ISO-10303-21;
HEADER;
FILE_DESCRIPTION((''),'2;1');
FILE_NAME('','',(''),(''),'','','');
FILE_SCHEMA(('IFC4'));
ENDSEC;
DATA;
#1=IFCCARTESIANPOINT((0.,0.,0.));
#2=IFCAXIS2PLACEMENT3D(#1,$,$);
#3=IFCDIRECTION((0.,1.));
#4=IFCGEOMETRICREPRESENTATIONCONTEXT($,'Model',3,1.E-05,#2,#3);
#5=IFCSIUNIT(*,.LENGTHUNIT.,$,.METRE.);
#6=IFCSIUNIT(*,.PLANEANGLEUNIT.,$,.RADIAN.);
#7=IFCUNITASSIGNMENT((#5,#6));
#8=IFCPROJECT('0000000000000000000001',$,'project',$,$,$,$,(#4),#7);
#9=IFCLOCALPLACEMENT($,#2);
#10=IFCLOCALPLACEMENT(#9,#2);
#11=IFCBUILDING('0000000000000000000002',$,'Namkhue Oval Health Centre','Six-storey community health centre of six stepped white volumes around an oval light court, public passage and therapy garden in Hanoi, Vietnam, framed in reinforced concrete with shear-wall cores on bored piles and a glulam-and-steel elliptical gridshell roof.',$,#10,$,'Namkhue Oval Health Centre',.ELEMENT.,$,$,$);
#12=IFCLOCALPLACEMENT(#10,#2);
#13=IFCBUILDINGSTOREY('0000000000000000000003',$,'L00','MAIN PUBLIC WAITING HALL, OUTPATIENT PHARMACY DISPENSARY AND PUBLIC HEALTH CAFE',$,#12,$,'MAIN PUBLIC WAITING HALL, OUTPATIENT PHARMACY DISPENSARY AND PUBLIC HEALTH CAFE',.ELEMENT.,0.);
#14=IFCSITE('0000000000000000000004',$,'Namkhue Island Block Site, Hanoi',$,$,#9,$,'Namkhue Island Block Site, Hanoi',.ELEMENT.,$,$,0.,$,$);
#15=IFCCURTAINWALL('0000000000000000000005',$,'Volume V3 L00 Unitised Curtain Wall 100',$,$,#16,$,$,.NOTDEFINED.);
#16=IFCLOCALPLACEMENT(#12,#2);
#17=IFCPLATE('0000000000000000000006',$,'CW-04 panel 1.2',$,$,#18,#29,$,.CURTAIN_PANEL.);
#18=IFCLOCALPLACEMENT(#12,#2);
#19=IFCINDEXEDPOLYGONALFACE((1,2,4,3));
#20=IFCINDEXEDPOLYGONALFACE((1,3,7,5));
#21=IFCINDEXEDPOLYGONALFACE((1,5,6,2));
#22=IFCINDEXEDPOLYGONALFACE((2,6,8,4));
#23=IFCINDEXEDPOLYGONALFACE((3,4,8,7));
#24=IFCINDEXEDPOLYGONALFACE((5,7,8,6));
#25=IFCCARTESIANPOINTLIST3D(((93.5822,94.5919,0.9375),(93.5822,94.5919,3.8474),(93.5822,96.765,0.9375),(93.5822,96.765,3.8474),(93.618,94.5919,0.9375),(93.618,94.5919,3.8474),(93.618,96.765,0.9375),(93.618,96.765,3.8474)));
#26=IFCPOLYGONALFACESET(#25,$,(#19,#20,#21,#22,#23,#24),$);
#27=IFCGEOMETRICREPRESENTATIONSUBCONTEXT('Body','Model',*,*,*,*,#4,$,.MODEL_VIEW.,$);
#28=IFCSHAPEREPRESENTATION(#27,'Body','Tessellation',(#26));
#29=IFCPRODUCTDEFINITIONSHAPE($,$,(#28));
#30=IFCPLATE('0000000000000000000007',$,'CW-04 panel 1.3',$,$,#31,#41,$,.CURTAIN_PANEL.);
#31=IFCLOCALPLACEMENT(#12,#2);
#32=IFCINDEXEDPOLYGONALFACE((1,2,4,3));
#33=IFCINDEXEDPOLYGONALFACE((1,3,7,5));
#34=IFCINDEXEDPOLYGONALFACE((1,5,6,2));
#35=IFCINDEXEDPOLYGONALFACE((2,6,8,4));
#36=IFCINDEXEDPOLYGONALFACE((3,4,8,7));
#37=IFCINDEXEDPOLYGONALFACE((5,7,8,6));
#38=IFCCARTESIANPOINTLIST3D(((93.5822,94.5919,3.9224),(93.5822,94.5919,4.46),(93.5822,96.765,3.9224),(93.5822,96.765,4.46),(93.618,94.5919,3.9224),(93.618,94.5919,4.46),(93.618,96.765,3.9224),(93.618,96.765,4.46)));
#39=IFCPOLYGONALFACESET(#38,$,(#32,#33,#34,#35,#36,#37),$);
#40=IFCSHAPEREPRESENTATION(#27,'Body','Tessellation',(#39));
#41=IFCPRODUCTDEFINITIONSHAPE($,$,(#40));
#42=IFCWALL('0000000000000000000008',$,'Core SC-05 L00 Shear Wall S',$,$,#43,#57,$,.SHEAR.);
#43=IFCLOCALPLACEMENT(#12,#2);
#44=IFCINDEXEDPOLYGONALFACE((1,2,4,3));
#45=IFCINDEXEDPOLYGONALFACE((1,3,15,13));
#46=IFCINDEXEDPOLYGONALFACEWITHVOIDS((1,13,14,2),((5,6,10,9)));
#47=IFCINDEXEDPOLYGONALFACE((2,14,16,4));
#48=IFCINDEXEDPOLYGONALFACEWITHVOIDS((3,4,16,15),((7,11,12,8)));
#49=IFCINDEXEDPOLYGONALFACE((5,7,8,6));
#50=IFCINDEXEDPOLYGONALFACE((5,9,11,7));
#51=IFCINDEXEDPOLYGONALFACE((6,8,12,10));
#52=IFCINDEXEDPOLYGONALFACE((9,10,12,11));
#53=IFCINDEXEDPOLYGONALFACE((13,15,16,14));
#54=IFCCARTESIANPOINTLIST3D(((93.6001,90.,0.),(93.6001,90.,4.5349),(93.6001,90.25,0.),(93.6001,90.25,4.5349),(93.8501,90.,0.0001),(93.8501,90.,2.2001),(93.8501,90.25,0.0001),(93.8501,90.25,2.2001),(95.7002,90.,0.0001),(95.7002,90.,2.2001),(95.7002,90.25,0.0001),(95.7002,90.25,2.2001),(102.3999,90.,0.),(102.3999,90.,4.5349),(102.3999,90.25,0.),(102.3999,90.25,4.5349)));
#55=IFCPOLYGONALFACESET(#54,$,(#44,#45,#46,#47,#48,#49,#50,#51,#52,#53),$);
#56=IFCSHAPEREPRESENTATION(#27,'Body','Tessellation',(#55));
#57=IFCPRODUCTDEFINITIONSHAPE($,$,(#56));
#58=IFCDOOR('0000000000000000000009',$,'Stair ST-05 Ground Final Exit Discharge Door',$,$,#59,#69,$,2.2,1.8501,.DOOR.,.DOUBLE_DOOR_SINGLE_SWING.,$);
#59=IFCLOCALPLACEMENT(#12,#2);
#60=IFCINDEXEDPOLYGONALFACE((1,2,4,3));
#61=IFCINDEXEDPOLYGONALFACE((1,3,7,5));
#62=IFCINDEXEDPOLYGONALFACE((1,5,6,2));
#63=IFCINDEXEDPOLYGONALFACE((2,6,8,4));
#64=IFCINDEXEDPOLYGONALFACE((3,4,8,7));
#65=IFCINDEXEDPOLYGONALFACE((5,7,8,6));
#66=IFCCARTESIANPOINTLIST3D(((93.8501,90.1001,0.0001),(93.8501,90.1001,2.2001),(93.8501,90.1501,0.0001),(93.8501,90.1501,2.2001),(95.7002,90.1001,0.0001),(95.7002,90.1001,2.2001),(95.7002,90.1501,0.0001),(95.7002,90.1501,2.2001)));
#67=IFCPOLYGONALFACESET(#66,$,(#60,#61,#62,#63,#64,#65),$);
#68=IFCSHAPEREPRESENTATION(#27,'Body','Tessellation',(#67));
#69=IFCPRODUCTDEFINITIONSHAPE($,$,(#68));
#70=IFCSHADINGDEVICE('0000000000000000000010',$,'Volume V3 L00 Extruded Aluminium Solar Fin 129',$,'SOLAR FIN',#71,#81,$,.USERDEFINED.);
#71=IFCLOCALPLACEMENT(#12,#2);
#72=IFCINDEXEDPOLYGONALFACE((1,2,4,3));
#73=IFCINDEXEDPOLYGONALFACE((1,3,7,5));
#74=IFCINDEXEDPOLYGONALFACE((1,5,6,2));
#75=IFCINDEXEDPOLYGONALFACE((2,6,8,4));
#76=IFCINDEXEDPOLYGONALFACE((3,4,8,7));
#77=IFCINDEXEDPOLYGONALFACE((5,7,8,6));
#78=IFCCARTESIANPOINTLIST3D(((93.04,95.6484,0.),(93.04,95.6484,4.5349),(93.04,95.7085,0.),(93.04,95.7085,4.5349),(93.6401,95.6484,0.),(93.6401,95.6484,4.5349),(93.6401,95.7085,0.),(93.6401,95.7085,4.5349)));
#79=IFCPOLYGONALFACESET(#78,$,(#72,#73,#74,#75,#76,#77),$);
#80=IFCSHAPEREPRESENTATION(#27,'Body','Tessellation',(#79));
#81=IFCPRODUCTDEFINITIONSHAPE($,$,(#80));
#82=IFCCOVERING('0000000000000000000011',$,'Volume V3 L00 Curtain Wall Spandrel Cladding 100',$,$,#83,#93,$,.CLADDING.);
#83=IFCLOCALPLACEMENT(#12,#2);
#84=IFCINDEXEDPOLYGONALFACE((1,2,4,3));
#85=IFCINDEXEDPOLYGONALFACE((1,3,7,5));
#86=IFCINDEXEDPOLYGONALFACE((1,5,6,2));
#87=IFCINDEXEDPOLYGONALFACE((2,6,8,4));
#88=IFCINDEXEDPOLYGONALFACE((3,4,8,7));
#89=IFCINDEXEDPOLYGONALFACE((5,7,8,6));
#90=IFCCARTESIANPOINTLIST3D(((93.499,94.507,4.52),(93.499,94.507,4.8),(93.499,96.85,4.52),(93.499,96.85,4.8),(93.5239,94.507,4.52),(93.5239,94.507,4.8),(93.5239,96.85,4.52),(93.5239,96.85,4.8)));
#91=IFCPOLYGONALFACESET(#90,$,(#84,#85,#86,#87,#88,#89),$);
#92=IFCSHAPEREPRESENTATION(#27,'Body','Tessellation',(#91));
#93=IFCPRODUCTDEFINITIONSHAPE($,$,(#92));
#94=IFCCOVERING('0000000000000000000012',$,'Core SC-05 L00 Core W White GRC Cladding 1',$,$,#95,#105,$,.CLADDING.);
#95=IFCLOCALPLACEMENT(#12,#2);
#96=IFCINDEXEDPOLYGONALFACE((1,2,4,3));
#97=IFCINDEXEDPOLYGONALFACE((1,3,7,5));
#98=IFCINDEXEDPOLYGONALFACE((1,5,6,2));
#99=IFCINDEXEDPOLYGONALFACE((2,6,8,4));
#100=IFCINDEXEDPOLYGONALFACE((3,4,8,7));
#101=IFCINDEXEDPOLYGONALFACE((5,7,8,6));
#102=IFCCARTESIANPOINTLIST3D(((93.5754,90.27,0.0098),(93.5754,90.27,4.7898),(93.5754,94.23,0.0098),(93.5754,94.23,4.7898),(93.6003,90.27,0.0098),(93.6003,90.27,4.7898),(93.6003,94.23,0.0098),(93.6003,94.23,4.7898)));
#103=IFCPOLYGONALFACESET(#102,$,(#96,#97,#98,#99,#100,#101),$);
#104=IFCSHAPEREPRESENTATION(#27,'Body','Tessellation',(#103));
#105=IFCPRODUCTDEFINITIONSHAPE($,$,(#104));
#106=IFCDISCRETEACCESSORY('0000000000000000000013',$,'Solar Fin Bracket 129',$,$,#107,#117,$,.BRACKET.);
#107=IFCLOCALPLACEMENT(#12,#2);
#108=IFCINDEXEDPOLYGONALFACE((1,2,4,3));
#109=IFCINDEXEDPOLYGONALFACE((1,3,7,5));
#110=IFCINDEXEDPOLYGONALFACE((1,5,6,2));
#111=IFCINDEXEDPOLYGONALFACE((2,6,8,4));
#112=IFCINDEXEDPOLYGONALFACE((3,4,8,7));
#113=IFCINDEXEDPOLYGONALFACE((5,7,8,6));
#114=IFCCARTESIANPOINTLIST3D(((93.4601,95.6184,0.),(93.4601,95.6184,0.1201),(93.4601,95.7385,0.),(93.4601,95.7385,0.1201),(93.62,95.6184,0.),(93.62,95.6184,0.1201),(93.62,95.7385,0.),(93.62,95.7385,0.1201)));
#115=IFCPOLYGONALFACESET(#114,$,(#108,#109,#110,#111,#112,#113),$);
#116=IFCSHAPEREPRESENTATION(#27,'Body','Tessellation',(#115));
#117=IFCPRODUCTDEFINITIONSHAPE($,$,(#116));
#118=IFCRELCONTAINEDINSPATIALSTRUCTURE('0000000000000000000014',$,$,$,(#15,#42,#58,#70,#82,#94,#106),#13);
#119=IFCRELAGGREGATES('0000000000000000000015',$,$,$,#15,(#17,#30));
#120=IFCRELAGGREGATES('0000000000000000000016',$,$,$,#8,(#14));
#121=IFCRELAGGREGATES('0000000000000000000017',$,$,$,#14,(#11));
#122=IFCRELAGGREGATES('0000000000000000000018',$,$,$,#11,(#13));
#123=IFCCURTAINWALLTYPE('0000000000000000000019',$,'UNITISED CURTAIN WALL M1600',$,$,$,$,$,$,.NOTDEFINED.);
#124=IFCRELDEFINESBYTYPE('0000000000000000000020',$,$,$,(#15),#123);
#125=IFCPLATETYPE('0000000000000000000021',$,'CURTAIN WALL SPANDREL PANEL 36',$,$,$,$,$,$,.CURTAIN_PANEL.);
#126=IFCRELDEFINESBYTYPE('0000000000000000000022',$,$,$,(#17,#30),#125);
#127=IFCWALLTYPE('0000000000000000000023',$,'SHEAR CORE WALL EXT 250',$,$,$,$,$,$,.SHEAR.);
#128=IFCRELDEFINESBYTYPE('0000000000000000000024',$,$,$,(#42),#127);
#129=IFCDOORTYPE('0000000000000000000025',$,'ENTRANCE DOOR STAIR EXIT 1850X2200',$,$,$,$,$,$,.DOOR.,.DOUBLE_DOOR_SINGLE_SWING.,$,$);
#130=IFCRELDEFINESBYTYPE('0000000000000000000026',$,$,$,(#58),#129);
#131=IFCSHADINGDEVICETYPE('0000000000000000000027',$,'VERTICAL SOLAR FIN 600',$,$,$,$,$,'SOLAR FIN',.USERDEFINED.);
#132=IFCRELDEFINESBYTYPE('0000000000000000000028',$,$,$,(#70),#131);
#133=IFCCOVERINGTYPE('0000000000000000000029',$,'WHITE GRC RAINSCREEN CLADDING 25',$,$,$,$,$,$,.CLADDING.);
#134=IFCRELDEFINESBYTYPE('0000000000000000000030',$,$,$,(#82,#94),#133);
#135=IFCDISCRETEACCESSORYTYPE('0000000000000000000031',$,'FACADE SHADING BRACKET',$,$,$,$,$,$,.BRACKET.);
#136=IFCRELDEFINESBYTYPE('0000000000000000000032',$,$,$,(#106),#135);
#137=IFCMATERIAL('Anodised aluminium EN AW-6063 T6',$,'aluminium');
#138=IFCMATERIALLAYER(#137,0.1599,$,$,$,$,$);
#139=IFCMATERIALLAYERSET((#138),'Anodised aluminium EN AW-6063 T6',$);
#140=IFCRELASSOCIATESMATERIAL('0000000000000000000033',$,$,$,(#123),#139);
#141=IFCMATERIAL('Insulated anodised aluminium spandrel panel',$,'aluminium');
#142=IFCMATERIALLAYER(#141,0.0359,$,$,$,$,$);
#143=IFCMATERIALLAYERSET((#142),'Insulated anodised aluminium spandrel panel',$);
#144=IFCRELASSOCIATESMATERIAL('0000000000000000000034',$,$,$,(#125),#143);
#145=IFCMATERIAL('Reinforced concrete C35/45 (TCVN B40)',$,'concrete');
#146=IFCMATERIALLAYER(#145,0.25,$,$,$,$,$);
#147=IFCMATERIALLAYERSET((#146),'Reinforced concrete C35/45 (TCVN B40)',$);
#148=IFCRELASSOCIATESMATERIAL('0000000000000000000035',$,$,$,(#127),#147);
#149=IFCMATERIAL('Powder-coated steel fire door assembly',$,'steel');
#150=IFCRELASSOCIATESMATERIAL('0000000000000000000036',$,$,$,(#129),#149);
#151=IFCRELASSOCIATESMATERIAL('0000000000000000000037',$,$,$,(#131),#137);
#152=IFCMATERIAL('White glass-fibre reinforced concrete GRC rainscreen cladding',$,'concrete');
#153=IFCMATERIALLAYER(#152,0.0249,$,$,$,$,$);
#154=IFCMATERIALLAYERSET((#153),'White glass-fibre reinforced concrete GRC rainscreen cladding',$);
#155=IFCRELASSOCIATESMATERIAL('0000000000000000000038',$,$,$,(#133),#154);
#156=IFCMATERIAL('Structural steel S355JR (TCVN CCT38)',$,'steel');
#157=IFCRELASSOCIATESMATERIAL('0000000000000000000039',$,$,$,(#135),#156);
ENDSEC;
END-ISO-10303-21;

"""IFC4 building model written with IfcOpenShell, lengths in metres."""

from ifc_helpers import new_model, si_unit, direction, frame, frame_2d, origin, origin_2d, place, context, subcontext, project, spatial, rectangle, extrude, material, layer, layer_set, type_object, element, fill, aggregate, save


model = new_model("IFC4")

# Units and contexts
model_context = context("Model", 3, precision=1e-05, world=origin(), true_north=direction((0.0, 1.0)))
body_context = subcontext(model_context, "Body", "Model", "MODEL_VIEW")
ifc_project = project(units=[si_unit("LENGTHUNIT", "METRE"), si_unit("PLANEANGLEUNIT", "RADIAN")], contexts=[model_context])

# Site, building, storey
site_placement = place(None, origin())
site = spatial("IfcSite", under=ifc_project, at=site_placement, Name="Namkhue Island Block Site, Hanoi", LongName="Namkhue Island Block Site, Hanoi", CompositionType="ELEMENT", RefElevation=0.0)
building_placement = place(site_placement, origin())
building = spatial("IfcBuilding", under=site, at=building_placement, Name="Namkhue Oval Health Centre", Description="Six-storey community health centre of six stepped white volumes around an oval light court, public passage and therapy garden in Hanoi, Vietnam, framed in reinforced concrete with shear-wall cores on bored piles and a glulam-and-steel elliptical gridshell roof.", LongName="Namkhue Oval Health Centre", CompositionType="ELEMENT")
storey_placement = place(building_placement, origin())
storey = spatial("IfcBuildingStorey", under=building, at=storey_placement, Name="L00", Description="MAIN PUBLIC WAITING HALL, OUTPATIENT PHARMACY DISPENSARY AND PUBLIC HEALTH CAFE", LongName="MAIN PUBLIC WAITING HALL, OUTPATIENT PHARMACY DISPENSARY AND PUBLIC HEALTH CAFE", CompositionType="ELEMENT", Elevation=0.0)

# Curtain wall, plates
ifc_material_1 = material(Name="Anodised aluminium EN AW-6063 T6", Category="aluminium")
ifc_layer_1 = layer(ifc_material_1, 0.1599)
ifc_layer_set_1 = layer_set([ifc_layer_1], Name="Anodised aluminium EN AW-6063 T6")
curtain_wall_type = type_object("IfcCurtainWallType", Name="UNITISED CURTAIN WALL M1600", PredefinedType="NOTDEFINED", material=ifc_layer_set_1)
curtain_wall_placement = place(storey_placement, origin())
curtain_wall = element("IfcCurtainWall", 1, at=curtain_wall_placement, inside=storey, type_object=curtain_wall_type, Name="Volume V3 L00 Unitised Curtain Wall 100", PredefinedType="NOTDEFINED")
ifc_material_2 = material(Name="Insulated anodised aluminium spandrel panel", Category="aluminium")
ifc_layer_2 = layer(ifc_material_2, 0.0359)
ifc_layer_set_2 = layer_set([ifc_layer_2], Name="Insulated anodised aluminium spandrel panel")
plate_type = type_object("IfcPlateType", Name="CURTAIN WALL SPANDREL PANEL 36", PredefinedType="CURTAIN_PANEL", material=ifc_layer_set_2)
plate_1_placement = place(storey_placement, frame((93.6001, 95.6785, 0.9375), z_axis=(0.0, 0.0, 1.0), x_axis=(0.0, -1.0, 0.0)))
plate_1 = element("IfcPlate", 2, at=plate_1_placement, type_object=plate_type, Name="CW-04 panel 1.2", PredefinedType="CURTAIN_PANEL", context=body_context, shape_type="SweptSolid", body=[
    extrude(rectangle(XDim=2.1731, YDim=0.0359, at=origin_2d()), origin(), (0.0, 0.0, 1.0), 2.9099),
])
plate_2_placement = place(storey_placement, frame((93.6001, 95.6785, 3.9224), z_axis=(0.0, 0.0, 1.0), x_axis=(0.0, -1.0, 0.0)))
plate_2 = element("IfcPlate", 3, at=plate_2_placement, type_object=plate_type, Name="CW-04 panel 1.3", PredefinedType="CURTAIN_PANEL", context=body_context, shape_type="SweptSolid", body=[
    extrude(rectangle(XDim=2.1731, YDim=0.0359, at=origin_2d()), origin(), (0.0, 0.0, 1.0), 0.5376),
])
aggregate(curtain_wall, [plate_1, plate_2])

# Wall, opening, door
ifc_material_3 = material(Name="Reinforced concrete C35/45 (TCVN B40)", Category="concrete")
ifc_layer_3 = layer(ifc_material_3, 0.25)
ifc_layer_set_3 = layer_set([ifc_layer_3], Name="Reinforced concrete C35/45 (TCVN B40)")
wall_type = type_object("IfcWallType", Name="SHEAR CORE WALL EXT 250", PredefinedType="SHEAR", material=ifc_layer_set_3)
wall_placement = place(storey_placement, frame((93.6001, 90.125, 0.0), z_axis=(0.0, 0.0, 1.0), x_axis=(1.0, 0.0, 0.0)))
wall = element("IfcWall", 4, at=wall_placement, inside=storey, type_object=wall_type, Name="Core SC-05 L00 Shear Wall S", PredefinedType="SHEAR", context=body_context, shape_type="SweptSolid", body=[
    extrude(rectangle(XDim=8.7998, YDim=0.25, at=frame_2d((4.3999, 0.0))), origin(), (0.0, 0.0, 1.0), 4.5349),
])
opening_placement = place(wall_placement, frame((0.25, 0.0, 0.0)))
opening = element("IfcOpeningElement", 5, at=opening_placement, cuts=wall, PredefinedType="OPENING", context=body_context, shape_type="SweptSolid", body=[
    extrude(rectangle(XDim=1.8501, YDim=2.2, at=frame_2d((0.925, 1.1001))), frame((0.0, 0.135, 0.0), z_axis=(0.0, -1.0, 0.0), x_axis=(1.0, 0.0, 0.0)), (0.0, 0.0, 1.0), 0.27),
])
ifc_material_4 = material(Name="Powder-coated steel fire door assembly", Category="steel")
door_type = type_object("IfcDoorType", Name="ENTRANCE DOOR STAIR EXIT 1850X2200", OperationType="DOUBLE_DOOR_SINGLE_SWING", PredefinedType="DOOR", material=ifc_material_4)
door_placement = place(opening_placement, frame((1.8501, 0.0, 0.0), z_axis=(0.0, 0.0, 1.0), x_axis=(-1.0, 0.0, 0.0)))
door = element("IfcDoor", 6, at=door_placement, inside=storey, type_object=door_type, Name="Stair ST-05 Ground Final Exit Discharge Door", OperationType="DOUBLE_DOOR_SINGLE_SWING", OverallHeight=2.2, OverallWidth=1.8501, PredefinedType="DOOR", context=body_context, shape_type="SweptSolid", body=[
    extrude(rectangle(XDim=1.8501, YDim=2.2, at=frame_2d((0.925, 1.1001))), frame((0.0, 0.0249, 0.0), z_axis=(0.0, -1.0, 0.0), x_axis=(1.0, 0.0, 0.0)), (0.0, 0.0, 1.0), 0.05),
])
fill(opening, door)

# Shading device
shading_device_type = type_object("IfcShadingDeviceType", Name="VERTICAL SOLAR FIN 600", ElementType="SOLAR FIN", PredefinedType="USERDEFINED", material=ifc_material_1)
shading_device_placement = place(storey_placement, frame((93.3401, 95.6785, 0.0), z_axis=(0.0, 0.0, 1.0), x_axis=(-1.0, 0.0, 0.0)))
element("IfcShadingDevice", 7, at=shading_device_placement, inside=storey, type_object=shading_device_type, Name="Volume V3 L00 Extruded Aluminium Solar Fin 129", ObjectType="SOLAR FIN", PredefinedType="USERDEFINED", context=body_context, shape_type="SweptSolid", body=[
    extrude(rectangle(XDim=0.6001, YDim=0.0601, at=origin_2d()), origin(), (0.0, 0.0, 1.0), 4.5349),
])

# Coverings
ifc_material_5 = material(Name="White glass-fibre reinforced concrete GRC rainscreen cladding", Category="concrete")
ifc_layer_4 = layer(ifc_material_5, 0.0249)
ifc_layer_set_4 = layer_set([ifc_layer_4], Name="White glass-fibre reinforced concrete GRC rainscreen cladding")
covering_type = type_object("IfcCoveringType", Name="WHITE GRC RAINSCREEN CLADDING 25", PredefinedType="CLADDING", material=ifc_layer_set_4)
covering_1_placement = place(storey_placement, frame((93.5115, 95.6785, 4.52), z_axis=(0.0, 0.0, 1.0), x_axis=(0.0, -1.0, 0.0)))
element("IfcCovering", 8, at=covering_1_placement, inside=storey, type_object=covering_type, Name="Volume V3 L00 Curtain Wall Spandrel Cladding 100", PredefinedType="CLADDING", context=body_context, shape_type="SweptSolid", body=[
    extrude(rectangle(XDim=2.343, YDim=0.0249, at=origin_2d()), origin(), (0.0, 0.0, 1.0), 0.28),
])
covering_2_placement = place(storey_placement, frame((93.5879, 92.25, 0.0098), z_axis=(0.0, 0.0, 1.0), x_axis=(0.0, -1.0, 0.0)))
element("IfcCovering", 9, at=covering_2_placement, inside=storey, type_object=covering_type, Name="Core SC-05 L00 Core W White GRC Cladding 1", PredefinedType="CLADDING", context=body_context, shape_type="SweptSolid", body=[
    extrude(rectangle(XDim=3.96, YDim=0.0249, at=origin_2d()), origin(), (0.0, 0.0, 1.0), 4.78),
])

# Discrete accessory
ifc_material_6 = material(Name="Structural steel S355JR (TCVN CCT38)", Category="steel")
discrete_accessory_type = type_object("IfcDiscreteAccessoryType", Name="FACADE SHADING BRACKET", PredefinedType="BRACKET", material=ifc_material_6)
discrete_accessory_placement = place(storey_placement, frame((93.54, 95.6785, 0.0), z_axis=(0.0, 0.0, 1.0), x_axis=(-1.0, 0.0, 0.0)))
element("IfcDiscreteAccessory", 10, at=discrete_accessory_placement, inside=storey, type_object=discrete_accessory_type, Name="Solar Fin Bracket 129", PredefinedType="BRACKET", context=body_context, shape_type="SweptSolid", body=[
    extrude(rectangle(XDim=0.1599, YDim=0.1201, at=origin_2d()), origin(), (0.0, 0.0, 1.0), 0.1201),
])

save(model, "model.ifc")
